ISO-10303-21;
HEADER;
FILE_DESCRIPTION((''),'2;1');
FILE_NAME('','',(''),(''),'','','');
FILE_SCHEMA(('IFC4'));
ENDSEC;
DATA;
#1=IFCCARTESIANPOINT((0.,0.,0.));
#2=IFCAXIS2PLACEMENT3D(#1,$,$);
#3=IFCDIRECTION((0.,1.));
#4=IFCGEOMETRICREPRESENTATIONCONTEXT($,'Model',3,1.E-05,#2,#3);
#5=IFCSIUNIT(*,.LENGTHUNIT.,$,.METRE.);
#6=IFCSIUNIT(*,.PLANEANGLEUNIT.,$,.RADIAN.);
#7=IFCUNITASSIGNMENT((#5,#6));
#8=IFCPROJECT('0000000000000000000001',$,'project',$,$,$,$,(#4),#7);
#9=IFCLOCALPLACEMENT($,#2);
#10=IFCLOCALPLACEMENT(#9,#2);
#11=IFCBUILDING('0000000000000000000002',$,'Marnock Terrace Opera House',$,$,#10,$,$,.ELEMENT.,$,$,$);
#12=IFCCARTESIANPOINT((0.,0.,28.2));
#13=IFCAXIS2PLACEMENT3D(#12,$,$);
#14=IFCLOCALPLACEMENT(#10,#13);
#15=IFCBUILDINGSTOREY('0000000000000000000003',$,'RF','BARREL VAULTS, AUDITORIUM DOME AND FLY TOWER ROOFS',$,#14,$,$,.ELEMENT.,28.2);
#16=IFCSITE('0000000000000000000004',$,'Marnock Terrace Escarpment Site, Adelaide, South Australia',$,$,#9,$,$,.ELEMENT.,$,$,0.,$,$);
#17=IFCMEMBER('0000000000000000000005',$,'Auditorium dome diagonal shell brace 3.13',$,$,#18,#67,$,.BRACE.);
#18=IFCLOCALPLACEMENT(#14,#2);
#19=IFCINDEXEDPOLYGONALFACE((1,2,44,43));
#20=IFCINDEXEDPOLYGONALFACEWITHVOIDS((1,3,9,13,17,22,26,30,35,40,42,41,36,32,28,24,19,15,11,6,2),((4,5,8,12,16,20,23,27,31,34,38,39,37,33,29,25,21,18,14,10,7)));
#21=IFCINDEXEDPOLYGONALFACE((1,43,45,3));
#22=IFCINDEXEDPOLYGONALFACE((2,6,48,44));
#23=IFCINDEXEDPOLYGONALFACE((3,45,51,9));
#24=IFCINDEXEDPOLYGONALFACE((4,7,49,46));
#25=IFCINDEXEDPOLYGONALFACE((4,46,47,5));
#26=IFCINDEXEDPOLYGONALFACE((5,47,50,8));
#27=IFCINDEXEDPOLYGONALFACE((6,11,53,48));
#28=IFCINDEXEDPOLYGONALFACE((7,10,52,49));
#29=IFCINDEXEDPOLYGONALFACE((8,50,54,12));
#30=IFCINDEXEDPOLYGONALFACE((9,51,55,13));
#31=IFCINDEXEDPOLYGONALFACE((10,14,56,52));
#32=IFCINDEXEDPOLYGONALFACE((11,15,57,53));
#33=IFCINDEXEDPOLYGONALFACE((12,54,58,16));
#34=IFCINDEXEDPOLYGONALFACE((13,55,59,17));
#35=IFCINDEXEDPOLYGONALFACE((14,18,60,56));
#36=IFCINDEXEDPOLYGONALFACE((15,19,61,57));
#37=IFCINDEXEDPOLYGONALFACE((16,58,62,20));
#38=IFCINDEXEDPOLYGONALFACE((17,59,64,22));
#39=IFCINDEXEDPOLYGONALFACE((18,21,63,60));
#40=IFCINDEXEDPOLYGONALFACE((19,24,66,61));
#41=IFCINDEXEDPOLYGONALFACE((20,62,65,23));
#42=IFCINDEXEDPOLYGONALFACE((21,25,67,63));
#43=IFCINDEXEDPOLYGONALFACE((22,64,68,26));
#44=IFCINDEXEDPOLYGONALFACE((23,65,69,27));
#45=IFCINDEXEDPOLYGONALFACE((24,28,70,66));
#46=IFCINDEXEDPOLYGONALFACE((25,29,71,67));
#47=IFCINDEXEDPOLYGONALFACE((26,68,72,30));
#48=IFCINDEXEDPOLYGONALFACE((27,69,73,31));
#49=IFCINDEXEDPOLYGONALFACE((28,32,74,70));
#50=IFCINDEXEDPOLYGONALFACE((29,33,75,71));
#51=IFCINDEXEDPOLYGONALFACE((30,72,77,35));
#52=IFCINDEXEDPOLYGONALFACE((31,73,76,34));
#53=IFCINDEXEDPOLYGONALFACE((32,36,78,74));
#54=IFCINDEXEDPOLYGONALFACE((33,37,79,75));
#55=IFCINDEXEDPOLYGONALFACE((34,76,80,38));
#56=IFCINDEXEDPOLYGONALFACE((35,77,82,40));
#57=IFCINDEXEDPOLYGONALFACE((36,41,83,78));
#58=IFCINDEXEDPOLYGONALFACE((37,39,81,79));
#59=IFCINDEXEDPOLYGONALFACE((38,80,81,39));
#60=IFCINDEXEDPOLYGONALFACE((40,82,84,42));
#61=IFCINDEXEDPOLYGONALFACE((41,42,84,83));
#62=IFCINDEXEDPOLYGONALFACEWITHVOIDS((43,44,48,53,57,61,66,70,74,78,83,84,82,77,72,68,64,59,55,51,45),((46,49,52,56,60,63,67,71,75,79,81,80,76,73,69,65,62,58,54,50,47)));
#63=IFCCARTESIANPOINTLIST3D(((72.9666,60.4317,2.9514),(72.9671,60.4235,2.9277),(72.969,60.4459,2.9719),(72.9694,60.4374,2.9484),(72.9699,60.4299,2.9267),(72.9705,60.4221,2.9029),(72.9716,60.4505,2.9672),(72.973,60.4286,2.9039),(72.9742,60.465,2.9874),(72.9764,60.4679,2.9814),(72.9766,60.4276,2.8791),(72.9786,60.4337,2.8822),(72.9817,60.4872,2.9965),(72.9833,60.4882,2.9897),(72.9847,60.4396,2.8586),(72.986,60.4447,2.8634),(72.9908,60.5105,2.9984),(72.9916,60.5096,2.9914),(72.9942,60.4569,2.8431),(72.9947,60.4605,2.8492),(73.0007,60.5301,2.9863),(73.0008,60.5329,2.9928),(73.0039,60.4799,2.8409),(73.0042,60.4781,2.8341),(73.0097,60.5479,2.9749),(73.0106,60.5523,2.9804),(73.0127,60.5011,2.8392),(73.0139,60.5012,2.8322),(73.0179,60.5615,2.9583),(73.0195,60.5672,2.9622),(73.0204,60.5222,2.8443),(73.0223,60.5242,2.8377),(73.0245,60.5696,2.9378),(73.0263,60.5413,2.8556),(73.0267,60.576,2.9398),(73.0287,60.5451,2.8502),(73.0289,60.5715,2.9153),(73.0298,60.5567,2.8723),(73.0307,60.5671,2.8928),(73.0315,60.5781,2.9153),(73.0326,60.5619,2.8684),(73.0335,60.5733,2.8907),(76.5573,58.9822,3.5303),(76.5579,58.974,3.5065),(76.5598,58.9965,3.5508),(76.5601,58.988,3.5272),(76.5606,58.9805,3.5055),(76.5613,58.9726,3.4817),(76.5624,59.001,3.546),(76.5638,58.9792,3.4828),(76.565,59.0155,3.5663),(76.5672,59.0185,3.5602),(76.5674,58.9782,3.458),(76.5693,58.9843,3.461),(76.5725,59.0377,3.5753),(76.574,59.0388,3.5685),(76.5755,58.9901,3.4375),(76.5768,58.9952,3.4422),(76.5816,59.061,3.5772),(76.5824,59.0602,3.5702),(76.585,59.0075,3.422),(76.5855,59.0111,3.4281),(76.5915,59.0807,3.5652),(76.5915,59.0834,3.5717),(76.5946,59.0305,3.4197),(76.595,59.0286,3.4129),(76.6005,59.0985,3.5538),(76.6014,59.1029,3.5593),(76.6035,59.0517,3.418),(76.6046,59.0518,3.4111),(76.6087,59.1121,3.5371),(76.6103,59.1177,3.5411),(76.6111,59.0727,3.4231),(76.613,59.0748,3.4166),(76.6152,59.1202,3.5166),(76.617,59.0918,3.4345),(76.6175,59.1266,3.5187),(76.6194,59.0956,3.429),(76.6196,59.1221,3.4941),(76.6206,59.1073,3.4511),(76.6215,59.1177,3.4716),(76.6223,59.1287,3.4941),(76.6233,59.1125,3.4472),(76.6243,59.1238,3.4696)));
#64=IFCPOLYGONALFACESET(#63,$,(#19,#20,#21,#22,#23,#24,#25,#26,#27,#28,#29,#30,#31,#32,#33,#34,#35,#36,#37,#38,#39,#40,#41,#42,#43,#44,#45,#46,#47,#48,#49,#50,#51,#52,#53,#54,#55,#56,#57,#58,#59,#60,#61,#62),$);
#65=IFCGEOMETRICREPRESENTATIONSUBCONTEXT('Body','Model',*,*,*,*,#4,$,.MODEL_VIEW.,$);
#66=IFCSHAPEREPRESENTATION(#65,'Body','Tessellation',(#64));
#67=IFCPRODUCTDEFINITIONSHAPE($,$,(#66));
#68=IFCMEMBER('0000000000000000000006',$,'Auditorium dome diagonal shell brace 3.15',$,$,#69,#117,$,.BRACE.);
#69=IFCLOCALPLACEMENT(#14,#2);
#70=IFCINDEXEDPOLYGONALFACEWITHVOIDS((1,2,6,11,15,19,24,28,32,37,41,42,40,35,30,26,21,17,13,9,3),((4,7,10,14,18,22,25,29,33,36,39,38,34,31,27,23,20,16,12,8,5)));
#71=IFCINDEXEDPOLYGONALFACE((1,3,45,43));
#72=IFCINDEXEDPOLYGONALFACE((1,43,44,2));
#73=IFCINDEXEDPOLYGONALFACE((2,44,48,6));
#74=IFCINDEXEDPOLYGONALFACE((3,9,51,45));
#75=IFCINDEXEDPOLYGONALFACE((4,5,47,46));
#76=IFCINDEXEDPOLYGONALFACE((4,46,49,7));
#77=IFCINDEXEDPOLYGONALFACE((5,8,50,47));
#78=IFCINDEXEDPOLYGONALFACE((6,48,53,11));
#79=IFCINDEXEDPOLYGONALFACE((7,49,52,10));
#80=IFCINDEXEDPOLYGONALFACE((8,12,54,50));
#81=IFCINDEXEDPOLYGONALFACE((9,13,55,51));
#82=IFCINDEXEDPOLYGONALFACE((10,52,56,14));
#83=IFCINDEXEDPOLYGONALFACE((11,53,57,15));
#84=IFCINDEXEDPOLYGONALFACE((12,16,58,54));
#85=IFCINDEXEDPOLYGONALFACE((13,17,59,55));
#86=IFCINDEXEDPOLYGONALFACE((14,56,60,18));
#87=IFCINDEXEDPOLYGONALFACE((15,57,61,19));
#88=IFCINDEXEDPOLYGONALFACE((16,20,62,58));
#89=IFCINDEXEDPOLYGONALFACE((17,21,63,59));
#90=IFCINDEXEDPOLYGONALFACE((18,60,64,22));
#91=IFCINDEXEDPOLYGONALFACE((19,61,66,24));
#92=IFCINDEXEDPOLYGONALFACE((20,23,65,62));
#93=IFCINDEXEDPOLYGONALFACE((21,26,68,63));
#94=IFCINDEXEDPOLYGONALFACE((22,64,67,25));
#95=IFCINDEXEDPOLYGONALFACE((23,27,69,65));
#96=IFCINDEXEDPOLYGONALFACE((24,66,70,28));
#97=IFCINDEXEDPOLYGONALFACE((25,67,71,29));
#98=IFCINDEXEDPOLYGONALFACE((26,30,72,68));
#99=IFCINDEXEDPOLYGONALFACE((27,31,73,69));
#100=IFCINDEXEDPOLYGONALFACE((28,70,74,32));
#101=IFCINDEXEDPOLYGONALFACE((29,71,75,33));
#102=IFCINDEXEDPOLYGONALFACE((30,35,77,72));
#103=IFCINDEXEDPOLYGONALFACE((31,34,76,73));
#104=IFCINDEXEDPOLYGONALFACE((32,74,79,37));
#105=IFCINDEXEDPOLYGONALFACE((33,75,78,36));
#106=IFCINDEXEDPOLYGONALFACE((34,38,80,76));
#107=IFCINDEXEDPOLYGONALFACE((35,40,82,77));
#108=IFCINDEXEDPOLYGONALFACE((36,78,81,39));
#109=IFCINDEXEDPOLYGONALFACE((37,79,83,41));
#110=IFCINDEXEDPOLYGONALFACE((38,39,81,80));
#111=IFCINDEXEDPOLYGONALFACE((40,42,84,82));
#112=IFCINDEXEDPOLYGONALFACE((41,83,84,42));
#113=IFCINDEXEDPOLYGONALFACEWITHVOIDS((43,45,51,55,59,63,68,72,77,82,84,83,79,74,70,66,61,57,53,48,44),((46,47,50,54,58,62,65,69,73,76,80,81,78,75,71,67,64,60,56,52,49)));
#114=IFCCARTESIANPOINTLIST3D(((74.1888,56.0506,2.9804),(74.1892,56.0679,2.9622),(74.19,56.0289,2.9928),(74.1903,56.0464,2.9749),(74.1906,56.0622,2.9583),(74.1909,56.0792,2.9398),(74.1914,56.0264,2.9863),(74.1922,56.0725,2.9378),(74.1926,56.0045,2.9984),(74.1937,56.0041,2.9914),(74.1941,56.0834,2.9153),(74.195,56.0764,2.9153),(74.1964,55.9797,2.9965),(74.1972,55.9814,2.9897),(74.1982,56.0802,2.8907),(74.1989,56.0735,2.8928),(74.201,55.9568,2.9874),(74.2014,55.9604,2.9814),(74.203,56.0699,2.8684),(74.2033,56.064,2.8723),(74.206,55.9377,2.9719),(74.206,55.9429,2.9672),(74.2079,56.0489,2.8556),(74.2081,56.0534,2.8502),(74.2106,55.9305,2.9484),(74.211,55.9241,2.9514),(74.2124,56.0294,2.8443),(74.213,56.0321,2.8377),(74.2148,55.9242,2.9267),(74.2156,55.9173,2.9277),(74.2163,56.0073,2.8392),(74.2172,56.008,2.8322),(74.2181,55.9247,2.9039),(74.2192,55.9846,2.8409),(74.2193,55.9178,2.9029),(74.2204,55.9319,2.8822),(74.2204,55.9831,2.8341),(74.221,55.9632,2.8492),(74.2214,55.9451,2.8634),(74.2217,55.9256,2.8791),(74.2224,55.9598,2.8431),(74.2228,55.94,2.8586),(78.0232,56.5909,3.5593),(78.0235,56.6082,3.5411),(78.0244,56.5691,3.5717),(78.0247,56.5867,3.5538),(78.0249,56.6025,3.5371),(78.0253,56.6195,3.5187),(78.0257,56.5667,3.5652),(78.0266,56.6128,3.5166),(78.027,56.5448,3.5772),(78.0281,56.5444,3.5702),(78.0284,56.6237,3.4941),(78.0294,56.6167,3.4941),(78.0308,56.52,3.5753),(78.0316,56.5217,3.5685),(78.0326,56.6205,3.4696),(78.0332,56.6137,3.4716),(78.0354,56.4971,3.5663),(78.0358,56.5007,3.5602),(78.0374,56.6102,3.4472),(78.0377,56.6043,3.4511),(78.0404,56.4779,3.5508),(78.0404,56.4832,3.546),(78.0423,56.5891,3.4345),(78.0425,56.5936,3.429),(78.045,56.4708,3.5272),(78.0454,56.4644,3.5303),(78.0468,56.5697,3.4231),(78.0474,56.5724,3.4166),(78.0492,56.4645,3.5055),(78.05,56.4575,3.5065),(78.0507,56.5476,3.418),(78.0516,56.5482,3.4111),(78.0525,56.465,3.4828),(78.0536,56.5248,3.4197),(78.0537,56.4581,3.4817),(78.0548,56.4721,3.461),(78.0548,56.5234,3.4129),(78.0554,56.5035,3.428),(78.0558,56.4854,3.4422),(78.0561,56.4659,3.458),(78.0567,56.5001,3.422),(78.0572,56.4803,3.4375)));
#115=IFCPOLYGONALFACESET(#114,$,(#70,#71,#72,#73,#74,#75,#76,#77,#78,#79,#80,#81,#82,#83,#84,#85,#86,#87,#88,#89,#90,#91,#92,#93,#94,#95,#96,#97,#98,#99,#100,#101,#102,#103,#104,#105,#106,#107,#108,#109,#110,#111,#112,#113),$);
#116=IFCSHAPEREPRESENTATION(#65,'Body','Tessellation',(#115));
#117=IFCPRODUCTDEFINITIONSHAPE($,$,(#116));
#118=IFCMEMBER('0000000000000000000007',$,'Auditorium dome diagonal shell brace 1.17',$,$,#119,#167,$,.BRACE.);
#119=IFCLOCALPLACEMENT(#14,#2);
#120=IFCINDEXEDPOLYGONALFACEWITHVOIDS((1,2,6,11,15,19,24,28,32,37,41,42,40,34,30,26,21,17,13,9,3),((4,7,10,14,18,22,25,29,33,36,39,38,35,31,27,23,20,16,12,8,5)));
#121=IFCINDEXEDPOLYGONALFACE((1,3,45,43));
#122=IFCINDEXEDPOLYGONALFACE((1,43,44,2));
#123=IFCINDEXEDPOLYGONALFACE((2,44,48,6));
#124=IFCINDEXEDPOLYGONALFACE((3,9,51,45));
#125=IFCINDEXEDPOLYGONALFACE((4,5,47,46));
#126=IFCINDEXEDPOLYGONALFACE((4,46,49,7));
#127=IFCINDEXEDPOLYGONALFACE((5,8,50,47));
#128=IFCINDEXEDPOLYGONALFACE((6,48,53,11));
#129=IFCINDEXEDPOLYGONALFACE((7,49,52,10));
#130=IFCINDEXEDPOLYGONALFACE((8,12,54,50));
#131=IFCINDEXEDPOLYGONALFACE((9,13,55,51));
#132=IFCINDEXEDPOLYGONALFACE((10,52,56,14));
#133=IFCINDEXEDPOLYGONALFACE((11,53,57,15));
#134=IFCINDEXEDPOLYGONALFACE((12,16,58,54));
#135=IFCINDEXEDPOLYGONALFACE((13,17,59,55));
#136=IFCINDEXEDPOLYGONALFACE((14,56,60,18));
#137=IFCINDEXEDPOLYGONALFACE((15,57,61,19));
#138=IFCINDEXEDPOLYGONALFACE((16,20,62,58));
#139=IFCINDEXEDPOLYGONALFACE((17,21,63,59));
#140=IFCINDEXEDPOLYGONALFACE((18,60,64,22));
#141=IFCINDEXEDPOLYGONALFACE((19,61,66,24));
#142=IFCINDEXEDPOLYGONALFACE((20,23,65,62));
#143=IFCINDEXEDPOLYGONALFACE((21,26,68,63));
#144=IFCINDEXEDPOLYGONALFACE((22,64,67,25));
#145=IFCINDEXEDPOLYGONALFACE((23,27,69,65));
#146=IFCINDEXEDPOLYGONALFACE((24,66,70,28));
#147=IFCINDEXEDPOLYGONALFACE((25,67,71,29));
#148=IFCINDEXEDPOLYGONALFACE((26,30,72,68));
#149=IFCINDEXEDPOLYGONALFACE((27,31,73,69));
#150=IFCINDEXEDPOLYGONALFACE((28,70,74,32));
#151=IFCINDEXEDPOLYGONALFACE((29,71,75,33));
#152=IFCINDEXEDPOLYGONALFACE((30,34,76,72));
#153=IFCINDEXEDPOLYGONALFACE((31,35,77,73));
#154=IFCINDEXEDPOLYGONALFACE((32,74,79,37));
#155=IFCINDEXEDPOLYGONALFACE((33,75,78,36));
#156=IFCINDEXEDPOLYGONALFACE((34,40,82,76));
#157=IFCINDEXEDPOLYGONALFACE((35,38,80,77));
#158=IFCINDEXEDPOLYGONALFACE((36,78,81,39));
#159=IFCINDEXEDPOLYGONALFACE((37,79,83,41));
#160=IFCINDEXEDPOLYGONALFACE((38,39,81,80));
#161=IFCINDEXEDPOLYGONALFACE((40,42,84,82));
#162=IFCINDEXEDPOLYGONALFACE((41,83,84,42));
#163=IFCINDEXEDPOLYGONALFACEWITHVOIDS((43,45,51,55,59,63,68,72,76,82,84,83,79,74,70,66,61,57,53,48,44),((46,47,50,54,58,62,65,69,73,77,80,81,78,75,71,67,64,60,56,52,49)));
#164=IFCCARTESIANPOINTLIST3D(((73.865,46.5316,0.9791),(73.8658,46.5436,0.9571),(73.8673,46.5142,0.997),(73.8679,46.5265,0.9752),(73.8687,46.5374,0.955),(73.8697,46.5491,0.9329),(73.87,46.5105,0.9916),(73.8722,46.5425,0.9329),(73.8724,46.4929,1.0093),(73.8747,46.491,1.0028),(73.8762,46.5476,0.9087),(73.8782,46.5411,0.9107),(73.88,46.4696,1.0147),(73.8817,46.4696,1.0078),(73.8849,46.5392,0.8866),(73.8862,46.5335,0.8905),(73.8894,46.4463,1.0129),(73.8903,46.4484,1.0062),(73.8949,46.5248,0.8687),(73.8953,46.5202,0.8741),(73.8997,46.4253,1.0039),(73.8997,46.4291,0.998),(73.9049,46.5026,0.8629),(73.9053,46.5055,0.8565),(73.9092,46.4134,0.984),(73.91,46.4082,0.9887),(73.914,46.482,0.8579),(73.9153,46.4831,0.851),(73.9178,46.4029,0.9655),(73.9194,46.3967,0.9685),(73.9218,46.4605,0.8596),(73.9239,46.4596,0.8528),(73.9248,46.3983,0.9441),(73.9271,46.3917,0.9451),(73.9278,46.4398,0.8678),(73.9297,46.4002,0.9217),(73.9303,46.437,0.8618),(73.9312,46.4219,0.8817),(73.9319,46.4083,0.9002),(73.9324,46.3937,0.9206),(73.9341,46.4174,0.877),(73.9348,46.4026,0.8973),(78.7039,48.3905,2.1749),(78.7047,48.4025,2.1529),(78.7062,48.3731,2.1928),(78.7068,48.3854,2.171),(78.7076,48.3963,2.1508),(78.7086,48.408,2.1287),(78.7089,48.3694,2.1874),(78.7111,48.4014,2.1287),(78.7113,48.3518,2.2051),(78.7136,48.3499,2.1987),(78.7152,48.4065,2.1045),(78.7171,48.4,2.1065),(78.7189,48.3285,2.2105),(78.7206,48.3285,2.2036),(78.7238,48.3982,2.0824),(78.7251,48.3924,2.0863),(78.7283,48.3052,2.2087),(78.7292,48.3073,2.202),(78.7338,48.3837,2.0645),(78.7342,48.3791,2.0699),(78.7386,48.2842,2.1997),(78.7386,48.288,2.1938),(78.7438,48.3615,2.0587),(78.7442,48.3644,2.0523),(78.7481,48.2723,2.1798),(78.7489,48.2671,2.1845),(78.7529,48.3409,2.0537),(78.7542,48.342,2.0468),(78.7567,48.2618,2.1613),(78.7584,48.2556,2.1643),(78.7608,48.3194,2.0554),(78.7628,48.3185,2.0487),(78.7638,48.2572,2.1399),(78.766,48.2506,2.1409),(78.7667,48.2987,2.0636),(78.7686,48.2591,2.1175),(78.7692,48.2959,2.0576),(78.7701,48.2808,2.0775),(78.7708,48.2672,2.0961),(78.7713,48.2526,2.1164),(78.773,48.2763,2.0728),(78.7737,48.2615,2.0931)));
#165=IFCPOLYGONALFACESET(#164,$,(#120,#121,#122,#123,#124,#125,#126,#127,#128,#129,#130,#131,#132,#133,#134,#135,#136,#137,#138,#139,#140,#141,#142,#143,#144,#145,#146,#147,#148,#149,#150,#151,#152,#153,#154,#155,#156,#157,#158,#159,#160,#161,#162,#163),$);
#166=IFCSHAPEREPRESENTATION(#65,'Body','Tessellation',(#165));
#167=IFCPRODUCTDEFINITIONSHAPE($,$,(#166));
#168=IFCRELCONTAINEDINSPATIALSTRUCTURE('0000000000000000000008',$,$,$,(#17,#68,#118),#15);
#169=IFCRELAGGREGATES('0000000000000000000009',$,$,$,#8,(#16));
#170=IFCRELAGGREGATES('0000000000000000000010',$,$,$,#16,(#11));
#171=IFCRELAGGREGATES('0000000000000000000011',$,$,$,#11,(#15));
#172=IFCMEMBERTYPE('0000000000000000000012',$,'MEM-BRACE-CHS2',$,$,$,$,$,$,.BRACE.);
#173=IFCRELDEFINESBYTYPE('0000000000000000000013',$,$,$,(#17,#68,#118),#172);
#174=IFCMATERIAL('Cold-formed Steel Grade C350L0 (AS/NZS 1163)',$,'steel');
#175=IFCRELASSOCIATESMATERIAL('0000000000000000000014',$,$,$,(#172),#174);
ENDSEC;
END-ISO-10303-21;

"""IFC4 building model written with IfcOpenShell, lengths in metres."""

from ifc_helpers import new_model, si_unit, direction, frame, origin, origin_2d, place, context, subcontext, project, spatial, hollow_circle, extrude, material, material_profile, profile_set, type_object, element, save


model = new_model("IFC4")

# Units and contexts
model_context = context("Model", 3, precision=1e-05, world=origin(), true_north=direction((0.0, 1.0)))
body_context = subcontext(model_context, "Body", "Model", "MODEL_VIEW")
ifc_project = project(units=[si_unit("LENGTHUNIT", "METRE"), si_unit("PLANEANGLEUNIT", "RADIAN")], contexts=[model_context])

# Site, building, storey
site_placement = place(None, origin())
site = spatial("IfcSite", under=ifc_project, at=site_placement, Name="Marnock Terrace Escarpment Site, Adelaide, South Australia", CompositionType="ELEMENT", RefElevation=0.0)
building_placement = place(site_placement, origin())
building = spatial("IfcBuilding", under=site, at=building_placement, Name="Marnock Terrace Opera House", CompositionType="ELEMENT")
storey_placement = place(building_placement, frame((0.0, 0.0, 28.2)))
storey = spatial("IfcBuildingStorey", under=building, at=storey_placement, Name="RF", Description="BARREL VAULTS, AUDITORIUM DOME AND FLY TOWER ROOFS", CompositionType="ELEMENT", Elevation=28.2)

# Members
ifc_material_1 = material(Name="Cold-formed Steel Grade C350L0 (AS/NZS 1163)", Category="steel")
ifc_material_profile_1 = material_profile(ifc_material_1, hollow_circle(Radius=0.0842, WallThickness=0.0071, at=origin_2d()))
ifc_profile_set_1 = profile_set([ifc_material_profile_1], Name="Cold-formed Steel Grade C350L0 (AS/NZS 1163)")
member_type_1 = type_object("IfcMemberType", Name="MEM-BRACE-CHS2", PredefinedType="BRACE", material=ifc_profile_set_1)
for number, where, z_axis, x_axis, name in (
    (1, (73.0, 60.5, 2.9153), (0.917112, -0.3702, 0.147843), (0.374313, 0.927302, 0.0), "Auditorium dome diagonal shell brace 3.13"),
    (2, (74.2058, 56.0, 2.9153), (0.979337, 0.13799, 0.147842), (-0.139523, 0.990219, 0.0), "Auditorium dome diagonal shell brace 3.15"),
):
    element("IfcMember", number, at=place(storey_placement, frame(where, z_axis=z_axis, x_axis=x_axis)), inside=storey, type_object=member_type_1, Name=name, PredefinedType="BRACE", context=body_context, shape_type="SweptSolid", body=[
        extrude(hollow_circle(Radius=0.0842, WallThickness=0.0071, at=origin_2d()), origin(), (0.0, 0.0, 1.0), 3.9153),
    ])
member_1_placement = place(storey_placement, frame((73.8999, 46.4705, 0.9329), z_axis=(0.9096, 0.349429, 0.224784), x_axis=(-0.358607, 0.933489, 0.0)))
element("IfcMember", 3, at=member_1_placement, inside=storey, type_object=member_type_1, Name="Auditorium dome diagonal shell brace 1.17", PredefinedType="BRACE", context=body_context, shape_type="SweptSolid", body=[
    extrude(hollow_circle(Radius=0.0842, WallThickness=0.0071, at=origin_2d()), origin(), (0.0, 0.0, 1.0), 5.3198),
])

save(model, "model.ifc")
